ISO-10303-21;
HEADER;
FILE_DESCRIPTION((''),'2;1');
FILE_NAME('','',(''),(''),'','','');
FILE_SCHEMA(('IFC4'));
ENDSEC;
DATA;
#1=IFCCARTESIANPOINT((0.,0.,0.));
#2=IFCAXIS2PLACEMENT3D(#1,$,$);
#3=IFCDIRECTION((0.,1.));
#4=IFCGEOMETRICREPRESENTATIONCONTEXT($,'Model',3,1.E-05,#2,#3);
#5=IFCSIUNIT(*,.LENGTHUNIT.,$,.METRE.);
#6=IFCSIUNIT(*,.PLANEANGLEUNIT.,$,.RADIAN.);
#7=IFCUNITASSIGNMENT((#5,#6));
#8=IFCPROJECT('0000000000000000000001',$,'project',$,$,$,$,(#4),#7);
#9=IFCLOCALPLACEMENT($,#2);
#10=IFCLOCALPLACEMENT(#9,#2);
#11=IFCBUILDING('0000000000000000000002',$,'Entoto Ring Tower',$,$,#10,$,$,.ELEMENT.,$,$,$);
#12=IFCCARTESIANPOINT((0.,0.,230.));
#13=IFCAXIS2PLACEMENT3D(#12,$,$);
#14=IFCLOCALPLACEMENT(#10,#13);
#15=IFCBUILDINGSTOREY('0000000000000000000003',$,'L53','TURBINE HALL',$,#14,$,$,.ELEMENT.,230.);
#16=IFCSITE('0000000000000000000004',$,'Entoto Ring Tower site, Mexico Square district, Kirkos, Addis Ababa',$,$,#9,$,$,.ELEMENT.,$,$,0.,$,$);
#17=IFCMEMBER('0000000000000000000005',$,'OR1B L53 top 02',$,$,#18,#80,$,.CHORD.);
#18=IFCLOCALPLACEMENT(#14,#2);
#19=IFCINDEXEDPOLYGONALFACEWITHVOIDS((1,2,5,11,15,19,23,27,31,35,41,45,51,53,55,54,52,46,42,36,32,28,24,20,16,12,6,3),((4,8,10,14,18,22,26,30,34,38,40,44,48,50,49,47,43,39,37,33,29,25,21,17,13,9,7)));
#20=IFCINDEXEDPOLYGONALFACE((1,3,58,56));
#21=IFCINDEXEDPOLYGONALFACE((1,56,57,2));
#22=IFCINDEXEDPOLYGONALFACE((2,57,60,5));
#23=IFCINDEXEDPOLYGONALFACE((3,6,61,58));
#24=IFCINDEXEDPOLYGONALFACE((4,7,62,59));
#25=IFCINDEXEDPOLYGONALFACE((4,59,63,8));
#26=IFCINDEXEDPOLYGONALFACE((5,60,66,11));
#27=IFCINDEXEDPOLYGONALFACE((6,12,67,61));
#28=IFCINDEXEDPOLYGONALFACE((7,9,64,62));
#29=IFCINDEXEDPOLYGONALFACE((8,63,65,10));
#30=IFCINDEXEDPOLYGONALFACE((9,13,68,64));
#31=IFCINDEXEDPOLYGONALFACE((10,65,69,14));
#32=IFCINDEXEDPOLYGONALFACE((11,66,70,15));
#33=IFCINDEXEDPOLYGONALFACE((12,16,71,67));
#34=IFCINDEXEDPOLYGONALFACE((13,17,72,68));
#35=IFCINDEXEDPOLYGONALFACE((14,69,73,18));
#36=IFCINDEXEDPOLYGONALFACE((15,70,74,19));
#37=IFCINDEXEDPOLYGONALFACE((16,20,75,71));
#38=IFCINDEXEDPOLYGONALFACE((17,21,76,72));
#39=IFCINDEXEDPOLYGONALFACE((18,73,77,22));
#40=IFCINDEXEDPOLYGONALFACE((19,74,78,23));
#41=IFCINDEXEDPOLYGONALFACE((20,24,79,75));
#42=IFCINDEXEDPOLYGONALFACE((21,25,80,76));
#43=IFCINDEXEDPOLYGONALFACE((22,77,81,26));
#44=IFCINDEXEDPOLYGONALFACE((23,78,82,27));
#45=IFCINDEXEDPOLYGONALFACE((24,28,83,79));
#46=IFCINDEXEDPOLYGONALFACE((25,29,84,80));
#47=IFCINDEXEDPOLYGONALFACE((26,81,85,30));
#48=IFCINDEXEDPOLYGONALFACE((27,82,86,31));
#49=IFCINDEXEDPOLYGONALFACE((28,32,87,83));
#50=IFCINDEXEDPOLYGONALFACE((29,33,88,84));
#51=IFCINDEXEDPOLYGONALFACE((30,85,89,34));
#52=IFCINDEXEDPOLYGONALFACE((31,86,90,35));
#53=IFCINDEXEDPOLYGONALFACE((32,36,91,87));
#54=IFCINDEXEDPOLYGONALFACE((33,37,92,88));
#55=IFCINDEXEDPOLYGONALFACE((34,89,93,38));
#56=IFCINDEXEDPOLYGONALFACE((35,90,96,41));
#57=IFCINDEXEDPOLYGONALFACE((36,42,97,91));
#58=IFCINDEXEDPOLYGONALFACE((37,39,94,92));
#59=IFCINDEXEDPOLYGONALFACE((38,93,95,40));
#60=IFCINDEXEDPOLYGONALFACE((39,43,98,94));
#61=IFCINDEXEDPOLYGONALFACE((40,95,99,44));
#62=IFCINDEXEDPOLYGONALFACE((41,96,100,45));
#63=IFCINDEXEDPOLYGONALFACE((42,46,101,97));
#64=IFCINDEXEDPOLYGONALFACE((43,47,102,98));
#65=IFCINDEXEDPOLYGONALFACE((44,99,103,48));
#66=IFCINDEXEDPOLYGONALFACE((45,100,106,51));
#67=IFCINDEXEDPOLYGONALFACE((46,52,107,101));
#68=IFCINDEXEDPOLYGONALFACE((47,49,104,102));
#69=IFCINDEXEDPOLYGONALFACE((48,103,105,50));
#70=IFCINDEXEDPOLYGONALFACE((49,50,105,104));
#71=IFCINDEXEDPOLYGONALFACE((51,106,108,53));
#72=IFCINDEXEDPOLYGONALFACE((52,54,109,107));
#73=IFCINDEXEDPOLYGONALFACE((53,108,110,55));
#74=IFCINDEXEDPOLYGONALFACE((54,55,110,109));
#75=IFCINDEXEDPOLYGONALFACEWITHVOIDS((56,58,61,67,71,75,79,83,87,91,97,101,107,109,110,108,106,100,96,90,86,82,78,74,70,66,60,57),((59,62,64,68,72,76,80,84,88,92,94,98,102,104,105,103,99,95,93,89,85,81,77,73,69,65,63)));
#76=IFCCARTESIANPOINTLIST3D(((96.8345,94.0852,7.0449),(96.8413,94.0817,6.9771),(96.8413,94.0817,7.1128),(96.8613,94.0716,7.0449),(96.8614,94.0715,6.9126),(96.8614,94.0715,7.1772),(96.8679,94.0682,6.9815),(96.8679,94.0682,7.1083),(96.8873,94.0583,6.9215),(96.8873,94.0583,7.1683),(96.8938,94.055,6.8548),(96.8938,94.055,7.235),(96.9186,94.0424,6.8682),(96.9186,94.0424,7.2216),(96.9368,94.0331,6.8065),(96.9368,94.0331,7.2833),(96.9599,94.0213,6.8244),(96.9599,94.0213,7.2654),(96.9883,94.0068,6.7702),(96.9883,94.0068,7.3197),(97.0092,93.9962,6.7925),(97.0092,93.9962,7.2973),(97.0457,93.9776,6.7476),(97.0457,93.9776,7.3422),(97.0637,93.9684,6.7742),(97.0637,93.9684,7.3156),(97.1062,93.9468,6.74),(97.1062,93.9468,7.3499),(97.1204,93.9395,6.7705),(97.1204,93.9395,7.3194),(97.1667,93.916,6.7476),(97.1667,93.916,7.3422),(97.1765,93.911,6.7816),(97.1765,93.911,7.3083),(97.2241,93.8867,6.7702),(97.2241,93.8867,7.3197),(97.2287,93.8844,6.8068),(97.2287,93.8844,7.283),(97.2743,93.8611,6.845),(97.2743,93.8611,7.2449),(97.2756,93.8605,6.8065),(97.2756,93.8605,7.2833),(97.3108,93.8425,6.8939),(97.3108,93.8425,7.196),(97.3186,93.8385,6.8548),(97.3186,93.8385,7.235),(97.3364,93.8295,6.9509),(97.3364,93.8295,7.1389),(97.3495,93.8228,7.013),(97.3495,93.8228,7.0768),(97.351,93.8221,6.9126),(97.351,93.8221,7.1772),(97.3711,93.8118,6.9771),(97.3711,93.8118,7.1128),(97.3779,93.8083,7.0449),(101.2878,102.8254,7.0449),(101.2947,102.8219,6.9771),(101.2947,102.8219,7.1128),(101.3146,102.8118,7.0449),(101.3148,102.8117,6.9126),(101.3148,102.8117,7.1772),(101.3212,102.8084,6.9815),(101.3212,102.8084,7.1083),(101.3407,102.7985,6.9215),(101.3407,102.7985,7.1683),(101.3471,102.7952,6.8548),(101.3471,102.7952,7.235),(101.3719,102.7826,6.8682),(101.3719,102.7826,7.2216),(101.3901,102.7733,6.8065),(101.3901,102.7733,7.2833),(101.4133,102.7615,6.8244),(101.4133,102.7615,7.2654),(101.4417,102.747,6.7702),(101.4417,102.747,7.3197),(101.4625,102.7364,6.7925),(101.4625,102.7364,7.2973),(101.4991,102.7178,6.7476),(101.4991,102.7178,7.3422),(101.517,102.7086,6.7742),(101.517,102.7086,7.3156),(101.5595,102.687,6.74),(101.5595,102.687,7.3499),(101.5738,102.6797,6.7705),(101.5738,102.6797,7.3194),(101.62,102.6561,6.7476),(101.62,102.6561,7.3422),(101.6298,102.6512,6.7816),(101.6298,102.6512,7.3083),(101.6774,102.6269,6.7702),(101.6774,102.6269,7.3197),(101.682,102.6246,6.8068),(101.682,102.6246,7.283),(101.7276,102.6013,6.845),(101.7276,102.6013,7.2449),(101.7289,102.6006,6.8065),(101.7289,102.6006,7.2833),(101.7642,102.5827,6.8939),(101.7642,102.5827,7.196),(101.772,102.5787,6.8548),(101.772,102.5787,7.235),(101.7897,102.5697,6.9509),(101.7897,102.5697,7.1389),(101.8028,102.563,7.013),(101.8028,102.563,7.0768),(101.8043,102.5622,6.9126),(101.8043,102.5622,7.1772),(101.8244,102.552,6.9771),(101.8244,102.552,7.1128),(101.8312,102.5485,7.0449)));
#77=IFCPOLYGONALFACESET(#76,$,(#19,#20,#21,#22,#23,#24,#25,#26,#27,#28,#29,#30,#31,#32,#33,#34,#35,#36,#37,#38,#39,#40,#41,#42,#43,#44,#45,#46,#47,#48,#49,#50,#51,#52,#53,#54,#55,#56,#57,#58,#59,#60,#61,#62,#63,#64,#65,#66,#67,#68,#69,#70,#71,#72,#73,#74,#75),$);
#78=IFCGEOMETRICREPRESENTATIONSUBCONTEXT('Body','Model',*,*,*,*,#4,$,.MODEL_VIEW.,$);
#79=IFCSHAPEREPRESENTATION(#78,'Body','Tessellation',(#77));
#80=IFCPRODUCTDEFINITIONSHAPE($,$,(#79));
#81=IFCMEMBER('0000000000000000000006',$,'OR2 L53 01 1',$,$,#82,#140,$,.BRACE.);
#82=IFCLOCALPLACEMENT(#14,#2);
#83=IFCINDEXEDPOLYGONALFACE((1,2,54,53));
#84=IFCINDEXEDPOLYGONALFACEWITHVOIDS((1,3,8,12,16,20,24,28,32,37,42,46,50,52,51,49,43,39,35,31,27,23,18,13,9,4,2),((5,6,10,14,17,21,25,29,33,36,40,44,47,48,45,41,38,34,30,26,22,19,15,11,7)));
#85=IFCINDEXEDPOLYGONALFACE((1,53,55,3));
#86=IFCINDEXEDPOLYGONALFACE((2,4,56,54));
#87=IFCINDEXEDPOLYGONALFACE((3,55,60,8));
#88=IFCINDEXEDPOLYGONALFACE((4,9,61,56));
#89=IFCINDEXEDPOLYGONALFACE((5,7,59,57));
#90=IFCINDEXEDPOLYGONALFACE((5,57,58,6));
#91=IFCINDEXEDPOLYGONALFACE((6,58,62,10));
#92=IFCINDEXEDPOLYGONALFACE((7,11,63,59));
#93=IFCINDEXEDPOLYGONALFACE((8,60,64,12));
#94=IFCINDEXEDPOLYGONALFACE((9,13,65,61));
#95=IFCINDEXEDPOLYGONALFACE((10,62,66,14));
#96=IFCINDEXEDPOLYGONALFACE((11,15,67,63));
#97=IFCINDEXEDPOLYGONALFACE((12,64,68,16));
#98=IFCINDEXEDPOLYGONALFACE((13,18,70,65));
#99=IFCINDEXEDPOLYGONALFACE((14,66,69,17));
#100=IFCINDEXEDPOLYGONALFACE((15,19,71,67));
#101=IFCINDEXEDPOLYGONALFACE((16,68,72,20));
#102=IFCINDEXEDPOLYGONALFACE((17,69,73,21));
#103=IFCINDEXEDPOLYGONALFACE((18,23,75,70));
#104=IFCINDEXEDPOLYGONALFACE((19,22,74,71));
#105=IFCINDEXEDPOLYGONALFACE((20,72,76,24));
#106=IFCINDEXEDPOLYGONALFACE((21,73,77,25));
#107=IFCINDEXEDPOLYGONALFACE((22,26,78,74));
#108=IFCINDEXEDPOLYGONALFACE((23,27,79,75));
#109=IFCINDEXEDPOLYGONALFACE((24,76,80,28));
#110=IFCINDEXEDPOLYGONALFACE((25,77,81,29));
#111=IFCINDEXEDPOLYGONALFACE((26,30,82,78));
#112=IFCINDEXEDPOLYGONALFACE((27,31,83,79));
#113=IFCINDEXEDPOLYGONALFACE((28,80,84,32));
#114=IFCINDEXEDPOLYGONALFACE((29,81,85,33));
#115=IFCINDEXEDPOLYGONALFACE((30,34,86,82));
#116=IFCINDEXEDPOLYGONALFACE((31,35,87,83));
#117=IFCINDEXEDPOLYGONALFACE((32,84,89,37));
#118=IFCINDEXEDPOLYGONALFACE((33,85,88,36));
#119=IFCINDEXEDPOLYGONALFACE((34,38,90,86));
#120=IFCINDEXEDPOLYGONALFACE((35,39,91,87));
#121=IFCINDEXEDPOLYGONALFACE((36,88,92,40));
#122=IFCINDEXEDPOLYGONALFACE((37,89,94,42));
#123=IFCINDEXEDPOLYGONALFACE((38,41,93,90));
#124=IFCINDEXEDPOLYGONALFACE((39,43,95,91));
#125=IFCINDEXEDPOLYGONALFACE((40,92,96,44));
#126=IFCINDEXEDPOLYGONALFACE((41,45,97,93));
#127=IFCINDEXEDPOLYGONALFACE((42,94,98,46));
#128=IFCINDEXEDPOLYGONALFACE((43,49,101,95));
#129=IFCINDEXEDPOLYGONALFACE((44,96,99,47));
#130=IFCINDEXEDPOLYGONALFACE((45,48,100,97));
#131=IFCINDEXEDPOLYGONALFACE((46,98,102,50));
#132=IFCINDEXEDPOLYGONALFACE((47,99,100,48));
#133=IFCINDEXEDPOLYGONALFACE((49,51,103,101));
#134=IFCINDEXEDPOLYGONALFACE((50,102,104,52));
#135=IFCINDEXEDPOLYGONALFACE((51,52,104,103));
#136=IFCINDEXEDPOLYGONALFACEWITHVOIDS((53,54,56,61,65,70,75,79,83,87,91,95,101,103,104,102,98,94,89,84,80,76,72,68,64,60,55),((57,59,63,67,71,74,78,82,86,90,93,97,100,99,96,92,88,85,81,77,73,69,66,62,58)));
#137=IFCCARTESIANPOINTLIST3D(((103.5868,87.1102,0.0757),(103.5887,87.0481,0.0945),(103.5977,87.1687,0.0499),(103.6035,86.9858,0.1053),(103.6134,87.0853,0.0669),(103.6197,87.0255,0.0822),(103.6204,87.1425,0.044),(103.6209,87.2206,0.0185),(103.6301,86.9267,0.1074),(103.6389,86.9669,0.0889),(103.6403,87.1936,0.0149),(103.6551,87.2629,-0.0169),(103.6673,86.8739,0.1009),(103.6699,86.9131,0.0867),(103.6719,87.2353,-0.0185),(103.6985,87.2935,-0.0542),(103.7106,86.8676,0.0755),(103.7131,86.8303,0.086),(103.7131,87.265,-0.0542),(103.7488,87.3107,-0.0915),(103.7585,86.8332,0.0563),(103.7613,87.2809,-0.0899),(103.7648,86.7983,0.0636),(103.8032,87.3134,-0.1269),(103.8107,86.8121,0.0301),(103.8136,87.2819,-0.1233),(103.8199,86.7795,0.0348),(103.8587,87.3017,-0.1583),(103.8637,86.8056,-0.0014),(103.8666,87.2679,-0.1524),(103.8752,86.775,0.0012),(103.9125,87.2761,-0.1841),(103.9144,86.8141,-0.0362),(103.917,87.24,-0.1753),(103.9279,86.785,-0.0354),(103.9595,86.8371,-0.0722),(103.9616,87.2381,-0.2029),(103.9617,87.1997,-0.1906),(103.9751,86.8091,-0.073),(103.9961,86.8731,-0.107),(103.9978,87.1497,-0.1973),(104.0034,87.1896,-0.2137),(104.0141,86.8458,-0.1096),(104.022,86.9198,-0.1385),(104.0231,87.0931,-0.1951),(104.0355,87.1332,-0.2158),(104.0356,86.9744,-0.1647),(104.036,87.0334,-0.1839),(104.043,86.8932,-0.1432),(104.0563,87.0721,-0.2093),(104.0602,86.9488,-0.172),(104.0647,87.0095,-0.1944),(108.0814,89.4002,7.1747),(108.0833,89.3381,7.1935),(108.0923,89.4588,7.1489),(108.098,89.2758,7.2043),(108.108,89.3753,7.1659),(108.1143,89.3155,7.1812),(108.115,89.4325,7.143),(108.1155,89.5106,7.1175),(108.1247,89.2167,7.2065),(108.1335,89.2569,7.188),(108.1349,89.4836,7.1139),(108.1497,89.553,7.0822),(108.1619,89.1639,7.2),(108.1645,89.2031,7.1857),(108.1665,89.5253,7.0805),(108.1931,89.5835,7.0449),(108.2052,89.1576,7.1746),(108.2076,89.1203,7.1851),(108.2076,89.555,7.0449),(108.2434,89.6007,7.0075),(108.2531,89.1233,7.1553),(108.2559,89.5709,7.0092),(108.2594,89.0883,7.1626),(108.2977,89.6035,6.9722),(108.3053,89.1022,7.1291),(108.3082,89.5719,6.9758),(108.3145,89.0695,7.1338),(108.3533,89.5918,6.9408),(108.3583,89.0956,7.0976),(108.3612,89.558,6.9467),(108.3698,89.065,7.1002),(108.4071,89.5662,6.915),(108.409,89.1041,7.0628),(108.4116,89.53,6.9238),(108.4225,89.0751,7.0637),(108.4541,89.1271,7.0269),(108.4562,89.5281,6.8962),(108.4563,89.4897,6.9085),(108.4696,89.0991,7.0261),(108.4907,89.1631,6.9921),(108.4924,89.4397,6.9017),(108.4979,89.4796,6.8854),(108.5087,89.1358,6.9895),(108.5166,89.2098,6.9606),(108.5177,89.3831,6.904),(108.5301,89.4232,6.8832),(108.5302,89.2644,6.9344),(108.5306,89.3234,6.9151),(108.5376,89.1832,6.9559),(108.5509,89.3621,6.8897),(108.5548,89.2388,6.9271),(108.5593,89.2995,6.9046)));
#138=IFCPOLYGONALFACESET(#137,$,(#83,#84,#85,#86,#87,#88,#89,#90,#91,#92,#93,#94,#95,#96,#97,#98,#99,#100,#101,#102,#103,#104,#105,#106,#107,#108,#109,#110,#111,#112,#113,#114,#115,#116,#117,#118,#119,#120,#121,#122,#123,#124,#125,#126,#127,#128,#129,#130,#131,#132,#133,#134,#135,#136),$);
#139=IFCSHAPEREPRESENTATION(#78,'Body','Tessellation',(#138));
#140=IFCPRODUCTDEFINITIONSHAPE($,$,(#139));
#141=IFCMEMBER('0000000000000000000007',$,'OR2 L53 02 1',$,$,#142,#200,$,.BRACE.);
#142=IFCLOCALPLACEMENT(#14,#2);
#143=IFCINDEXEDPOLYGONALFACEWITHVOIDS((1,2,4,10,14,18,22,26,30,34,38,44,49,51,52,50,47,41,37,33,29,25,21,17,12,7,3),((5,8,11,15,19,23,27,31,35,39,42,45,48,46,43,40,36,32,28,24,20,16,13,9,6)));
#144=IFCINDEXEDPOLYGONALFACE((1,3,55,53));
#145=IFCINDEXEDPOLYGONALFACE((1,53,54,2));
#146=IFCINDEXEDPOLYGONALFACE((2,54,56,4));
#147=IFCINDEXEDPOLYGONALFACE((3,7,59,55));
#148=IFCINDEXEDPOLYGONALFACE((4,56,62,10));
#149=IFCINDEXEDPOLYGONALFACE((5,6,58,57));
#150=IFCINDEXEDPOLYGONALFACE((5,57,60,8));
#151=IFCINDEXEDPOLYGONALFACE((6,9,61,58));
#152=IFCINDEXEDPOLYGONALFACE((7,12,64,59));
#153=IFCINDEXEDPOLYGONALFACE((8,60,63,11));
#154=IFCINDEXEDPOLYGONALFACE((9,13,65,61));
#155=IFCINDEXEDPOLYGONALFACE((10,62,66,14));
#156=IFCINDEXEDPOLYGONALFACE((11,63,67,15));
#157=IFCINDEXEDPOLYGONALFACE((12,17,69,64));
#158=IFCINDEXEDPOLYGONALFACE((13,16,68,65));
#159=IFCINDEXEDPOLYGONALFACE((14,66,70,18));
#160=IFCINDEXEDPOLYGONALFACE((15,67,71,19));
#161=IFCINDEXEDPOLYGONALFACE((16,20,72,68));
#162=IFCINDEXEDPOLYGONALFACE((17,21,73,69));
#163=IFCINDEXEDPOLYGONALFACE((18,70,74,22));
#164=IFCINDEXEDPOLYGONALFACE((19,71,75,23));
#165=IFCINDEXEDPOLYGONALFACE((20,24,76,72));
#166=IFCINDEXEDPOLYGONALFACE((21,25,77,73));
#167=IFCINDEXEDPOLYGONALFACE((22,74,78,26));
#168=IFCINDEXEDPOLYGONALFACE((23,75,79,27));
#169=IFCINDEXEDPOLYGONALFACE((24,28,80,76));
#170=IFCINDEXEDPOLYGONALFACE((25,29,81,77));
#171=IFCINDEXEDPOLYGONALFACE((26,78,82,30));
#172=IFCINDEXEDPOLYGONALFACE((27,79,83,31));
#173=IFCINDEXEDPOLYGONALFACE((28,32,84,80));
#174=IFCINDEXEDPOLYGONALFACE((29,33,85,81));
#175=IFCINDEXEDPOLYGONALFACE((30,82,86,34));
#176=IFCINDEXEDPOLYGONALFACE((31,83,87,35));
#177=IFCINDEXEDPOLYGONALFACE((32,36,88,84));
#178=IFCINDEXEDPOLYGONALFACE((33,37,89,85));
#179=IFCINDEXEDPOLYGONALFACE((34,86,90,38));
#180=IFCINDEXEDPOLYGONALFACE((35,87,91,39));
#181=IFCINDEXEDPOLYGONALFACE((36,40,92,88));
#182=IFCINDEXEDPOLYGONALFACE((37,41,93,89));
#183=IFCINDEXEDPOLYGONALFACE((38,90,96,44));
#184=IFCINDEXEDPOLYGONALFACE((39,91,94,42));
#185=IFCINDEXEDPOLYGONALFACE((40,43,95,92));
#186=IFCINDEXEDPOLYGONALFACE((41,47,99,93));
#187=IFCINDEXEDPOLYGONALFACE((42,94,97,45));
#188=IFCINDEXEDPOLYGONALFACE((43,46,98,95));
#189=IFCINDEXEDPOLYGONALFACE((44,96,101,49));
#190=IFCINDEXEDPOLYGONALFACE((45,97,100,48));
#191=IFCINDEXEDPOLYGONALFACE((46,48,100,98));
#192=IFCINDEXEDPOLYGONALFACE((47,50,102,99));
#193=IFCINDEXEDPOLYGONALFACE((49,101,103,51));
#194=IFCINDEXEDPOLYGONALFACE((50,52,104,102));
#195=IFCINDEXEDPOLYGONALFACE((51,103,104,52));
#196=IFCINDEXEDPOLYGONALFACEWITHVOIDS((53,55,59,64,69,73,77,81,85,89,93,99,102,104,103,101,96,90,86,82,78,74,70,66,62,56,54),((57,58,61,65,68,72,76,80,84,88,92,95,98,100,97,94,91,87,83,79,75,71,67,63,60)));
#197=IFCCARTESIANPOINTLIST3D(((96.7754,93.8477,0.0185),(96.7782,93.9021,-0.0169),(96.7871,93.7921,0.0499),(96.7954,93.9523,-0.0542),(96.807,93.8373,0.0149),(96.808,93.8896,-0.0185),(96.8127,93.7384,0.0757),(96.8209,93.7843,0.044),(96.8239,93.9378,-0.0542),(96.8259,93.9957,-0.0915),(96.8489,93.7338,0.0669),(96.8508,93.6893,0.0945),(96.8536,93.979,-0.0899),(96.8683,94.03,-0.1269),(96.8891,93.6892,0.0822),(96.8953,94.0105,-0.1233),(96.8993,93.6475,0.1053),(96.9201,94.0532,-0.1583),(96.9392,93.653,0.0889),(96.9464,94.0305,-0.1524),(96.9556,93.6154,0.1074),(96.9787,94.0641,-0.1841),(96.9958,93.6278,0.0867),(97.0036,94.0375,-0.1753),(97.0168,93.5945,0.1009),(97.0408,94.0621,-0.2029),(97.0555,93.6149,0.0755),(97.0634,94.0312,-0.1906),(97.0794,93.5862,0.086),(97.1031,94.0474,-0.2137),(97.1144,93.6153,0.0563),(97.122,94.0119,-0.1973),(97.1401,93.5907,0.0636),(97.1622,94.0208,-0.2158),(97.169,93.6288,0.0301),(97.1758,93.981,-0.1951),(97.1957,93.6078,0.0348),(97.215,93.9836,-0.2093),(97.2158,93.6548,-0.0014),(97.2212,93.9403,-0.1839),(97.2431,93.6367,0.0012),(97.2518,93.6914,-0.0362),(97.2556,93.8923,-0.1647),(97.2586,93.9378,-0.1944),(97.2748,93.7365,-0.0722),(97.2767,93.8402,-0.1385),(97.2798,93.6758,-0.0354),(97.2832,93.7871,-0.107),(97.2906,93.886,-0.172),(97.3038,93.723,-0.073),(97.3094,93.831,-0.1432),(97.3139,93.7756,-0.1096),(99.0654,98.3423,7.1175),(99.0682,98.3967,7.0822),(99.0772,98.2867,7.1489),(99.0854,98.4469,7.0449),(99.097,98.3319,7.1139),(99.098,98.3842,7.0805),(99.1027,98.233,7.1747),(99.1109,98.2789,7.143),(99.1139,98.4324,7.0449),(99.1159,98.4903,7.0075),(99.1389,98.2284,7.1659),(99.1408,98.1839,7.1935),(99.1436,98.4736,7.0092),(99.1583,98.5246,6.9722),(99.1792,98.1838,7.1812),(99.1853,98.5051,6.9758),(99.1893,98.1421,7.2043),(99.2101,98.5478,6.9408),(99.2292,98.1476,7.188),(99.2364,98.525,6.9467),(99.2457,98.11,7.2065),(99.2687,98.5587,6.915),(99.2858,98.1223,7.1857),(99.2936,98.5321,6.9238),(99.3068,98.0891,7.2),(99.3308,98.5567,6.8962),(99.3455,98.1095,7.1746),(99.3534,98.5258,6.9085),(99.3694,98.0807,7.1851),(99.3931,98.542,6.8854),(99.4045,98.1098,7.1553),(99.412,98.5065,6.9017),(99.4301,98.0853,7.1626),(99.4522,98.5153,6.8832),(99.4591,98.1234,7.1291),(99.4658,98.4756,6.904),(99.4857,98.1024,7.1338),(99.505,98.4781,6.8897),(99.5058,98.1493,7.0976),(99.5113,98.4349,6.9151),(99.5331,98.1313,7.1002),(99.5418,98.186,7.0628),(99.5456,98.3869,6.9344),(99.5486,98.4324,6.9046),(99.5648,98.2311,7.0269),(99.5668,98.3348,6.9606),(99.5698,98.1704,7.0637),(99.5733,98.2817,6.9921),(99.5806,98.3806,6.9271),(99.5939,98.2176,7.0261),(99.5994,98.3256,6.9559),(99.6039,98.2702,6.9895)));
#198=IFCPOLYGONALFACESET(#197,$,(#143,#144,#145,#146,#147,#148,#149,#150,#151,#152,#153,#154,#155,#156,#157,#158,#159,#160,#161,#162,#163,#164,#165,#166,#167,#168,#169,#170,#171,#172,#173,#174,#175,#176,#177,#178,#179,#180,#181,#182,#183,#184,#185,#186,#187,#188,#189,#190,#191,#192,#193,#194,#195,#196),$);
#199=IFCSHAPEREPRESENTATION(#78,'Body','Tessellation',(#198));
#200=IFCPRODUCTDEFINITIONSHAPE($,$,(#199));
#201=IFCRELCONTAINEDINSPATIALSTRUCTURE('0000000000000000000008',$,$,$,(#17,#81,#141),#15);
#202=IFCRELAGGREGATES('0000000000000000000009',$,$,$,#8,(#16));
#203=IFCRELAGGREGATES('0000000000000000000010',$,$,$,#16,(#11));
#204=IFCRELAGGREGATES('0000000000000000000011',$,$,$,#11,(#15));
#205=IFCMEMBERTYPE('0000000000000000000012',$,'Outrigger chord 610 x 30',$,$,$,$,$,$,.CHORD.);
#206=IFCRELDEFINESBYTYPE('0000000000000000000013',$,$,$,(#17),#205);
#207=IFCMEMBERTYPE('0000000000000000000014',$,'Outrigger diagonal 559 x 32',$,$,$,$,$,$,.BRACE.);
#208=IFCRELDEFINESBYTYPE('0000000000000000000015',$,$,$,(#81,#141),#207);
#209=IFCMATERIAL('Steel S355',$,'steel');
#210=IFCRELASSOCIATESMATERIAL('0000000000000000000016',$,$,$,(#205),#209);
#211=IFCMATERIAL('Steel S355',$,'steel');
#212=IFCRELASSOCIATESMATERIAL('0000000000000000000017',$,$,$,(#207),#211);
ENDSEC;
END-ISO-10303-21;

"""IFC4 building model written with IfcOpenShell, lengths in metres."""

from ifc_helpers import new_model, si_unit, direction, frame, origin, origin_2d, place, context, subcontext, project, spatial, circle, hollow_circle, extrude, material, material_profile, profile_set, type_object, element, save


model = new_model("IFC4")

# Units and contexts
model_context = context("Model", 3, precision=1e-05, world=origin(), true_north=direction((0.0, 1.0)))
body_context = subcontext(model_context, "Body", "Model", "MODEL_VIEW")
ifc_project = project(units=[si_unit("LENGTHUNIT", "METRE"), si_unit("PLANEANGLEUNIT", "RADIAN")], contexts=[model_context])

# Site, building, storey
site_placement = place(None, origin())
site = spatial("IfcSite", under=ifc_project, at=site_placement, Name="Entoto Ring Tower site, Mexico Square district, Kirkos, Addis Ababa", CompositionType="ELEMENT", RefElevation=0.0)
building_placement = place(site_placement, origin())
building = spatial("IfcBuilding", under=site, at=building_placement, Name="Entoto Ring Tower", CompositionType="ELEMENT")
storey_placement = place(building_placement, frame((0.0, 0.0, 230.0)))
storey = spatial("IfcBuildingStorey", under=building, at=storey_placement, Name="L53", Description="TURBINE HALL", CompositionType="ELEMENT", Elevation=230.0)

# Members
ifc_material_1 = material(Name="Steel S355", Category="steel")
ifc_material_profile_1 = material_profile(ifc_material_1, hollow_circle(Radius=0.3049, WallThickness=0.03, at=origin_2d()), Name="CHS 610 x 30")
ifc_material_2 = material(Name="Concrete C60/75", Category="concrete")
ifc_material_profile_2 = material_profile(ifc_material_2, circle(Radius=0.2749, at=origin_2d()), Name="Concrete C60/75 infill")
ifc_profile_set_1 = profile_set([ifc_material_profile_1, ifc_material_profile_2], Name="Steel S355")
member_type_1 = type_object("IfcMemberType", Name="Outrigger chord 610 x 30", PredefinedType="CHORD", material=ifc_profile_set_1)
for number, where, z_axis, x_axis, name in (
    (1, (97.1062, 93.9468, 7.0449), (0.45399, 0.891007, 0.0), (-0.891007, 0.45399, 0.0), "OR1B L53 top 02"),
):
    element("IfcMember", number, at=place(storey_placement, frame(where, z_axis=z_axis, x_axis=x_axis)), inside=storey, type_object=member_type_1, Name=name, PredefinedType="CHORD", context=body_context, shape_type="SweptSolid", body=[
        extrude(hollow_circle(Radius=0.3049, WallThickness=0.03, at=origin_2d()), origin(), (0.0, 0.0, 1.0), 9.8093),
    ])
ifc_material_3 = material(Name="Steel S355", Category="steel")
ifc_material_profile_3 = material_profile(ifc_material_3, hollow_circle(Radius=0.2795, WallThickness=0.032, at=origin_2d()), Name="CHS 559 x 32")
ifc_material_4 = material(Name="Concrete C60/75", Category="concrete")
ifc_material_profile_4 = material_profile(ifc_material_4, circle(Radius=0.2476, at=origin_2d()), Name="Concrete C60/75 infill")
ifc_profile_set_2 = profile_set([ifc_material_profile_3, ifc_material_profile_4], Name="Steel S355")
member_type_2 = type_object("IfcMemberType", Name="Outrigger diagonal 559 x 32", PredefinedType="BRACE", material=ifc_profile_set_2)
for number, where, z_axis, x_axis, name in (
    (2, (103.8254, 87.0444, -0.0542), (0.516101, 0.262956, 0.815165), (-0.453977, 0.891014, 0.0), "OR2 L53 01 1"),
    (3, (97.0444, 93.8254, -0.0542), (0.262956, 0.516101, 0.815165), (-0.891014, 0.453977, 0.0), "OR2 L53 02 1"),
):
    element("IfcMember", number, at=place(storey_placement, frame(where, z_axis=z_axis, x_axis=x_axis)), inside=storey, type_object=member_type_2, Name=name, PredefinedType="BRACE", context=body_context, shape_type="SweptSolid", body=[
        extrude(hollow_circle(Radius=0.2795, WallThickness=0.032, at=origin_2d()), origin(), (0.0, 0.0, 1.0), 8.7087),
    ])

save(model, "model.ifc")
